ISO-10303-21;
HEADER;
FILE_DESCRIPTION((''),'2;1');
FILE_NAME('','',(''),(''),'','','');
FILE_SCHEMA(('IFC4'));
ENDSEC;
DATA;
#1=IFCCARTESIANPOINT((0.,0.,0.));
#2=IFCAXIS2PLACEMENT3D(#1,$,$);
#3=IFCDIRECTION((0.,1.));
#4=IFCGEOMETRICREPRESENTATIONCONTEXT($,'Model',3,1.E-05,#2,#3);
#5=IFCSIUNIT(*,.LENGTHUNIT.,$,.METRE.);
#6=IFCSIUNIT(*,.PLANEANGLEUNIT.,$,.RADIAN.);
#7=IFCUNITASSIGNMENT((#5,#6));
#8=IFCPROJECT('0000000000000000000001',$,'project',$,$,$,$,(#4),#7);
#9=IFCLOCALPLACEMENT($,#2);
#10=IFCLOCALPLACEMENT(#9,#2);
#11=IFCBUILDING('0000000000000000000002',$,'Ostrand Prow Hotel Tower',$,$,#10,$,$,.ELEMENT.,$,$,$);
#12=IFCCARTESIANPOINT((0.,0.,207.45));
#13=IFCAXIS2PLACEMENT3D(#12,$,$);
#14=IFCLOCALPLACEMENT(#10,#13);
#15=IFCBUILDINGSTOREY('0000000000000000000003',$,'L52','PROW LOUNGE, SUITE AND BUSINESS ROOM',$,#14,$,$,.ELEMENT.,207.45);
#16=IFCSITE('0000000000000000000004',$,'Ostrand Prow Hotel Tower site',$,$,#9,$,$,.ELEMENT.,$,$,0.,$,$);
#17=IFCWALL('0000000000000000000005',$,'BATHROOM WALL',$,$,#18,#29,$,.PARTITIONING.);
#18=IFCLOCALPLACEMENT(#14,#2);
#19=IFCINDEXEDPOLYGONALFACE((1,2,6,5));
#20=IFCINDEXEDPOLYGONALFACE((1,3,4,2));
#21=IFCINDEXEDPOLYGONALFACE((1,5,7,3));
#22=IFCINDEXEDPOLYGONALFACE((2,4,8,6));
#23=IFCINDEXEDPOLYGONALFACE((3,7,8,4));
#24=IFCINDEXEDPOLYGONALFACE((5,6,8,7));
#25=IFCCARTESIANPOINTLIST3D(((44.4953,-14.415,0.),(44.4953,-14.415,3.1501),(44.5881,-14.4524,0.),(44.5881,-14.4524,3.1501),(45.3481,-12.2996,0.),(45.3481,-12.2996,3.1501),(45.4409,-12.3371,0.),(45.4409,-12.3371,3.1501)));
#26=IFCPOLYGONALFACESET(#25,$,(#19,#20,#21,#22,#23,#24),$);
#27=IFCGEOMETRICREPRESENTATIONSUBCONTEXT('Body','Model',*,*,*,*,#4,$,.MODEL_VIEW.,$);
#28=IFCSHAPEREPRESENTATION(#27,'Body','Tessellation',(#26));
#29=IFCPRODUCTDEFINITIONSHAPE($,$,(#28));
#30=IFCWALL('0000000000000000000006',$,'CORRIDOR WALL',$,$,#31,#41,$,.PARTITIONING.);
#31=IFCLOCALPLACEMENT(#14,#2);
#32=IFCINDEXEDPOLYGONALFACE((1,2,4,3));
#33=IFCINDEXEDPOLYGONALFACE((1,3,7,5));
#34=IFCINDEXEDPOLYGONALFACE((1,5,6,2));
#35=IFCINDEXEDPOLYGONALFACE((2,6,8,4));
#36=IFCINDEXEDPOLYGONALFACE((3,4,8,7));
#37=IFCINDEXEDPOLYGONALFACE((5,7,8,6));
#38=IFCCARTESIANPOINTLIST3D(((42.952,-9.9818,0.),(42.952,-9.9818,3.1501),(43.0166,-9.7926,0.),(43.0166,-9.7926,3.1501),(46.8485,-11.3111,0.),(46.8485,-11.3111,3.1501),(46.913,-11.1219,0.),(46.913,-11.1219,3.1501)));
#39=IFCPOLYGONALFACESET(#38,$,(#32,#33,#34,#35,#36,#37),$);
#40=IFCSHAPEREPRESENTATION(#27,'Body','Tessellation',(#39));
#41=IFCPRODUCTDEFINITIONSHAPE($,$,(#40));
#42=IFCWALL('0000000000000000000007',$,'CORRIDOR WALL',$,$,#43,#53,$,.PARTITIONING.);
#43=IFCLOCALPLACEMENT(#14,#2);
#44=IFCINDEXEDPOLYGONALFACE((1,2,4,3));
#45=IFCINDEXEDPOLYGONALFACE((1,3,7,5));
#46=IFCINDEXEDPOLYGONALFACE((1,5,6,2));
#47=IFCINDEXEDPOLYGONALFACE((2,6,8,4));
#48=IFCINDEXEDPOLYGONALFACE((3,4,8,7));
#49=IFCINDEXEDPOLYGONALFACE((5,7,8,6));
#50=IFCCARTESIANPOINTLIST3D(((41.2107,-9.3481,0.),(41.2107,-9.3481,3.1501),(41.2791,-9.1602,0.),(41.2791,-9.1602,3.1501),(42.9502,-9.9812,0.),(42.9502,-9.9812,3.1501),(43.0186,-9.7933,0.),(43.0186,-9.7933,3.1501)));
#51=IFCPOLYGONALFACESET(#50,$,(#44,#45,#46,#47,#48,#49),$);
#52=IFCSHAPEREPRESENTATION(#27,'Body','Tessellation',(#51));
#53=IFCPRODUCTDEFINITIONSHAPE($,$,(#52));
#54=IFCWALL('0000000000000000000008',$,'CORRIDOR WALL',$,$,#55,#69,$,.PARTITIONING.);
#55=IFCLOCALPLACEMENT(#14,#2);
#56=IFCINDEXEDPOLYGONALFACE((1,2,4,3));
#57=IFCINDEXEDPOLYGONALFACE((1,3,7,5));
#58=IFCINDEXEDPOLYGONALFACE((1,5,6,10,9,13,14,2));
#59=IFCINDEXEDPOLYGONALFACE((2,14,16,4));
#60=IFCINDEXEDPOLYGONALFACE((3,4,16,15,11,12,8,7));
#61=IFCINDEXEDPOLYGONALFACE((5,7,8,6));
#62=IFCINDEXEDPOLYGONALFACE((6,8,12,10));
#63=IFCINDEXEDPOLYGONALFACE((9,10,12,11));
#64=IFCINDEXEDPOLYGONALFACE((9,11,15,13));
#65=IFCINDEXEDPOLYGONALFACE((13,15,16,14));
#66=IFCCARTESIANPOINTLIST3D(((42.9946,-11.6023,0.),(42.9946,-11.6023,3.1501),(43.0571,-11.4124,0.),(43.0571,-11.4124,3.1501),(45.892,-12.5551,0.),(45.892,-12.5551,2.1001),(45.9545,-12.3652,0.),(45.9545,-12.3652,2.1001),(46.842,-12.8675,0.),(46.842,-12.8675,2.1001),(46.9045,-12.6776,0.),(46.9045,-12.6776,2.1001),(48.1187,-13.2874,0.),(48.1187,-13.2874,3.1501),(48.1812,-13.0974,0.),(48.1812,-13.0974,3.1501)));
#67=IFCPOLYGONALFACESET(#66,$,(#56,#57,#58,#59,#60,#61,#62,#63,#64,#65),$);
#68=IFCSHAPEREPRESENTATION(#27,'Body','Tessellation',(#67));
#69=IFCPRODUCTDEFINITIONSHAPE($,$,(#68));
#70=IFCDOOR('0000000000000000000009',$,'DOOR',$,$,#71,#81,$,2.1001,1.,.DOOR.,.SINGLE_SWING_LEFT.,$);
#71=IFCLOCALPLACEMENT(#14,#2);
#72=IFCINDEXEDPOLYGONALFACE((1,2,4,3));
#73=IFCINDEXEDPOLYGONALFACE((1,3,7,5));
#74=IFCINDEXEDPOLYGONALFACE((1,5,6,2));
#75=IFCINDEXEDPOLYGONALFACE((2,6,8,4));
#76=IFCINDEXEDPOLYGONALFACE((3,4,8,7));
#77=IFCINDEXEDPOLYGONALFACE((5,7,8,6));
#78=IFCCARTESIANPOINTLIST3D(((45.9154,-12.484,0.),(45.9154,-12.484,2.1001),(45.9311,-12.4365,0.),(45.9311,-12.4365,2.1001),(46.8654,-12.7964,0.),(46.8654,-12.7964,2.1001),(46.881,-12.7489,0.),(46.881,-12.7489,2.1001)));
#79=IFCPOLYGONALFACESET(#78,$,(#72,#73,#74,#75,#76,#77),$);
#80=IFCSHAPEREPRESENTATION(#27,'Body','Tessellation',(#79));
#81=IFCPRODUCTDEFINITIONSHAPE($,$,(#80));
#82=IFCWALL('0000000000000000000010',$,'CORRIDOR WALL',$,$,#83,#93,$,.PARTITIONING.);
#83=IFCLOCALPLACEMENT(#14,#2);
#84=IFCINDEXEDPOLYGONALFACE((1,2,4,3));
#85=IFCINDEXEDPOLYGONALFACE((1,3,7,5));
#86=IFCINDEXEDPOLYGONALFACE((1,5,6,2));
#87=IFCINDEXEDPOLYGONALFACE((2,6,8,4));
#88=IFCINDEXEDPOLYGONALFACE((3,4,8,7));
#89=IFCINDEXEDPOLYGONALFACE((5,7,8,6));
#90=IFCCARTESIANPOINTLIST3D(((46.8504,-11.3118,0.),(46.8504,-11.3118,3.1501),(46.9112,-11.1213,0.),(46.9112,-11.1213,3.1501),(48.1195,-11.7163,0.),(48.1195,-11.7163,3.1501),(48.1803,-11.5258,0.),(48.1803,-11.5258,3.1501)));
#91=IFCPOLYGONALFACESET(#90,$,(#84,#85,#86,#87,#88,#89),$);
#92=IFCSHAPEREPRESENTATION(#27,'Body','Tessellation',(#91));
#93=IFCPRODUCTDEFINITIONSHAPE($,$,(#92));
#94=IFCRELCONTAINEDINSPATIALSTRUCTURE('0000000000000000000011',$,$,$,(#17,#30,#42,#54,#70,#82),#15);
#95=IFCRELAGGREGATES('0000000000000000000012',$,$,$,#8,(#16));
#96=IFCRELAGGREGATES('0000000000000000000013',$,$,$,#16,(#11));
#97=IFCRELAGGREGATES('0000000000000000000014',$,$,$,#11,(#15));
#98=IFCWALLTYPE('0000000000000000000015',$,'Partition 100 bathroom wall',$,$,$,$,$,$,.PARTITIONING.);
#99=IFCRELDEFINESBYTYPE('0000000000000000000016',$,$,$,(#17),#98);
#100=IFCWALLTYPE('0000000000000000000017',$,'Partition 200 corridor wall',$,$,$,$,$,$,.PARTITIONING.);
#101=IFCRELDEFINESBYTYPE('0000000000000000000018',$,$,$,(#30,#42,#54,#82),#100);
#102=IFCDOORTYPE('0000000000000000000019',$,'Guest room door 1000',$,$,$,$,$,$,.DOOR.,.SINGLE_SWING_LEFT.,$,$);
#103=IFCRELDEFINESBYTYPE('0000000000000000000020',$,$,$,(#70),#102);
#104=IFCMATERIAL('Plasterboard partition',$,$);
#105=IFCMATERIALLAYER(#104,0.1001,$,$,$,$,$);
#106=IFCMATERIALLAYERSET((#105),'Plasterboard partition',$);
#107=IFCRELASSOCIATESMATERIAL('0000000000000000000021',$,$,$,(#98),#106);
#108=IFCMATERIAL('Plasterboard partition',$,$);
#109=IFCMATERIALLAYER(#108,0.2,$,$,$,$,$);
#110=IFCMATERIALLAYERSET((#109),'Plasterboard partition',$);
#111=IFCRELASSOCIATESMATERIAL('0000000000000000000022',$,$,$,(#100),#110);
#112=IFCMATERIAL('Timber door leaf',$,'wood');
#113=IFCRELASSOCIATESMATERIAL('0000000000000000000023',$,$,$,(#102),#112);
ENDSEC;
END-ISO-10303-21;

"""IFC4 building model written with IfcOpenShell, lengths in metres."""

from ifc_helpers import new_model, si_unit, direction, frame, frame_2d, origin, place, context, subcontext, project, spatial, rectangle, extrude, material, layer, layer_set, type_object, element, fill, save


model = new_model("IFC4")

# Units and contexts
model_context = context("Model", 3, precision=1e-05, world=origin(), true_north=direction((0.0, 1.0)))
body_context = subcontext(model_context, "Body", "Model", "MODEL_VIEW")
ifc_project = project(units=[si_unit("LENGTHUNIT", "METRE"), si_unit("PLANEANGLEUNIT", "RADIAN")], contexts=[model_context])

# Site, building, storey
site_placement = place(None, origin())
site = spatial("IfcSite", under=ifc_project, at=site_placement, Name="Ostrand Prow Hotel Tower site", CompositionType="ELEMENT", RefElevation=0.0)
building_placement = place(site_placement, origin())
building = spatial("IfcBuilding", under=site, at=building_placement, Name="Ostrand Prow Hotel Tower", CompositionType="ELEMENT")
storey_placement = place(building_placement, frame((0.0, 0.0, 207.45)))
storey = spatial("IfcBuildingStorey", under=building, at=storey_placement, Name="L52", Description="PROW LOUNGE, SUITE AND BUSINESS ROOM", CompositionType="ELEMENT", Elevation=207.45)

# Walls
ifc_material_1 = material(Name="Plasterboard partition")
ifc_layer_1 = layer(ifc_material_1, 0.1001)
ifc_layer_set_1 = layer_set([ifc_layer_1], Name="Plasterboard partition")
wall_type_1 = type_object("IfcWallType", Name="Partition 100 bathroom wall", PredefinedType="PARTITIONING", material=ifc_layer_set_1)
wall_1_placement = place(storey_placement, frame((45.3945, -12.3184, 0.0), z_axis=(0.0, 0.0, 1.0), x_axis=(-0.373918, -0.927462, 0.0)))
element("IfcWall", 1, at=wall_1_placement, inside=storey, type_object=wall_type_1, Name="BATHROOM WALL", PredefinedType="PARTITIONING", context=body_context, shape_type="SweptSolid", body=[
    extrude(rectangle(XDim=2.2808, YDim=0.1001, at=frame_2d((1.1404, 0.0))), origin(), (0.0, 0.0, 1.0), 3.1501),
])
ifc_material_2 = material(Name="Plasterboard partition")
ifc_layer_2 = layer(ifc_material_2, 0.2)
ifc_layer_set_2 = layer_set([ifc_layer_2], Name="Plasterboard partition")
wall_type_2 = type_object("IfcWallType", Name="Partition 200 corridor wall", PredefinedType="PARTITIONING", material=ifc_layer_set_2)
wall_2_placement = place(storey_placement, frame((46.8809, -11.2166, 0.0), z_axis=(0.0, 0.0, 1.0), x_axis=(-0.946436, 0.322891, 0.0)))
element("IfcWall", 2, at=wall_2_placement, inside=storey, type_object=wall_type_2, Name="CORRIDOR WALL", PredefinedType="PARTITIONING", context=body_context, shape_type="SweptSolid", body=[
    extrude(rectangle(XDim=4.1169, YDim=0.2, at=frame_2d((2.0586, 0.0))), origin(), (0.0, 0.0, 1.0), 3.1501),
])
wall_3_placement = place(storey_placement, frame((42.9844, -9.8872, 0.0), z_axis=(0.0, 0.0, 1.0), x_axis=(-0.939705, 0.341987, 0.0)))
element("IfcWall", 3, at=wall_3_placement, inside=storey, type_object=wall_type_2, Name="CORRIDOR WALL", PredefinedType="PARTITIONING", context=body_context, shape_type="SweptSolid", body=[
    extrude(rectangle(XDim=1.8511, YDim=0.2, at=frame_2d((0.9255, 0.0))), origin(), (0.0, 0.0, 1.0), 3.1501),
])

# Wall, opening, door
wall_4_placement = place(storey_placement, frame((43.0259, -11.5073, 0.0), z_axis=(0.0, 0.0, 1.0), x_axis=(0.949952, -0.312396, 0.0)))
wall_4 = element("IfcWall", 4, at=wall_4_placement, inside=storey, type_object=wall_type_2, Name="CORRIDOR WALL", PredefinedType="PARTITIONING", context=body_context, shape_type="SweptSolid", body=[
    extrude(rectangle(XDim=5.394, YDim=0.2, at=frame_2d((2.697, 0.0))), origin(), (0.0, 0.0, 1.0), 3.1501),
])
opening_1_placement = place(wall_4_placement, frame((3.05, 0.0, 0.0)))
opening_1 = element("IfcOpeningElement", 5, at=opening_1_placement, cuts=wall_4, PredefinedType="OPENING", context=body_context, shape_type="SweptSolid", body=[
    extrude(rectangle(XDim=1.0, YDim=2.1001, at=frame_2d((0.5, 1.05))), frame((0.0, 0.1099, 0.0), z_axis=(0.0, -1.0, 0.0), x_axis=(1.0, 0.0, 0.0)), (0.0, 0.0, 1.0), 0.22),
])
ifc_material_3 = material(Name="Timber door leaf", Category="wood")
door_type_1 = type_object("IfcDoorType", Name="Guest room door 1000", OperationType="SINGLE_SWING_LEFT", PredefinedType="DOOR", material=ifc_material_3)
door_1_placement = place(opening_1_placement, origin())
door_1 = element("IfcDoor", 6, at=door_1_placement, inside=storey, type_object=door_type_1, Name="DOOR", OperationType="SINGLE_SWING_LEFT", OverallHeight=2.1001, OverallWidth=1.0, PredefinedType="DOOR", context=body_context, shape_type="SweptSolid", body=[
    extrude(rectangle(XDim=1.0, YDim=2.1001, at=frame_2d((0.5, 1.05))), frame((0.0, 0.0249, 0.0), z_axis=(0.0, -1.0, 0.0), x_axis=(1.0, 0.0, 0.0)), (0.0, 0.0, 1.0), 0.05),
])
fill(opening_1, door_1)

# Wall
wall_5_placement = place(storey_placement, frame((48.1499, -11.6211, 0.0), z_axis=(0.0, 0.0, 1.0), x_axis=(-0.952762, 0.303718, 0.0)))
element("IfcWall", 7, at=wall_5_placement, inside=storey, type_object=wall_type_2, Name="CORRIDOR WALL", PredefinedType="PARTITIONING", context=body_context, shape_type="SweptSolid", body=[
    extrude(rectangle(XDim=1.332, YDim=0.2, at=frame_2d((0.666, 0.0))), origin(), (0.0, 0.0, 1.0), 3.1501),
])

save(model, "model.ifc")
